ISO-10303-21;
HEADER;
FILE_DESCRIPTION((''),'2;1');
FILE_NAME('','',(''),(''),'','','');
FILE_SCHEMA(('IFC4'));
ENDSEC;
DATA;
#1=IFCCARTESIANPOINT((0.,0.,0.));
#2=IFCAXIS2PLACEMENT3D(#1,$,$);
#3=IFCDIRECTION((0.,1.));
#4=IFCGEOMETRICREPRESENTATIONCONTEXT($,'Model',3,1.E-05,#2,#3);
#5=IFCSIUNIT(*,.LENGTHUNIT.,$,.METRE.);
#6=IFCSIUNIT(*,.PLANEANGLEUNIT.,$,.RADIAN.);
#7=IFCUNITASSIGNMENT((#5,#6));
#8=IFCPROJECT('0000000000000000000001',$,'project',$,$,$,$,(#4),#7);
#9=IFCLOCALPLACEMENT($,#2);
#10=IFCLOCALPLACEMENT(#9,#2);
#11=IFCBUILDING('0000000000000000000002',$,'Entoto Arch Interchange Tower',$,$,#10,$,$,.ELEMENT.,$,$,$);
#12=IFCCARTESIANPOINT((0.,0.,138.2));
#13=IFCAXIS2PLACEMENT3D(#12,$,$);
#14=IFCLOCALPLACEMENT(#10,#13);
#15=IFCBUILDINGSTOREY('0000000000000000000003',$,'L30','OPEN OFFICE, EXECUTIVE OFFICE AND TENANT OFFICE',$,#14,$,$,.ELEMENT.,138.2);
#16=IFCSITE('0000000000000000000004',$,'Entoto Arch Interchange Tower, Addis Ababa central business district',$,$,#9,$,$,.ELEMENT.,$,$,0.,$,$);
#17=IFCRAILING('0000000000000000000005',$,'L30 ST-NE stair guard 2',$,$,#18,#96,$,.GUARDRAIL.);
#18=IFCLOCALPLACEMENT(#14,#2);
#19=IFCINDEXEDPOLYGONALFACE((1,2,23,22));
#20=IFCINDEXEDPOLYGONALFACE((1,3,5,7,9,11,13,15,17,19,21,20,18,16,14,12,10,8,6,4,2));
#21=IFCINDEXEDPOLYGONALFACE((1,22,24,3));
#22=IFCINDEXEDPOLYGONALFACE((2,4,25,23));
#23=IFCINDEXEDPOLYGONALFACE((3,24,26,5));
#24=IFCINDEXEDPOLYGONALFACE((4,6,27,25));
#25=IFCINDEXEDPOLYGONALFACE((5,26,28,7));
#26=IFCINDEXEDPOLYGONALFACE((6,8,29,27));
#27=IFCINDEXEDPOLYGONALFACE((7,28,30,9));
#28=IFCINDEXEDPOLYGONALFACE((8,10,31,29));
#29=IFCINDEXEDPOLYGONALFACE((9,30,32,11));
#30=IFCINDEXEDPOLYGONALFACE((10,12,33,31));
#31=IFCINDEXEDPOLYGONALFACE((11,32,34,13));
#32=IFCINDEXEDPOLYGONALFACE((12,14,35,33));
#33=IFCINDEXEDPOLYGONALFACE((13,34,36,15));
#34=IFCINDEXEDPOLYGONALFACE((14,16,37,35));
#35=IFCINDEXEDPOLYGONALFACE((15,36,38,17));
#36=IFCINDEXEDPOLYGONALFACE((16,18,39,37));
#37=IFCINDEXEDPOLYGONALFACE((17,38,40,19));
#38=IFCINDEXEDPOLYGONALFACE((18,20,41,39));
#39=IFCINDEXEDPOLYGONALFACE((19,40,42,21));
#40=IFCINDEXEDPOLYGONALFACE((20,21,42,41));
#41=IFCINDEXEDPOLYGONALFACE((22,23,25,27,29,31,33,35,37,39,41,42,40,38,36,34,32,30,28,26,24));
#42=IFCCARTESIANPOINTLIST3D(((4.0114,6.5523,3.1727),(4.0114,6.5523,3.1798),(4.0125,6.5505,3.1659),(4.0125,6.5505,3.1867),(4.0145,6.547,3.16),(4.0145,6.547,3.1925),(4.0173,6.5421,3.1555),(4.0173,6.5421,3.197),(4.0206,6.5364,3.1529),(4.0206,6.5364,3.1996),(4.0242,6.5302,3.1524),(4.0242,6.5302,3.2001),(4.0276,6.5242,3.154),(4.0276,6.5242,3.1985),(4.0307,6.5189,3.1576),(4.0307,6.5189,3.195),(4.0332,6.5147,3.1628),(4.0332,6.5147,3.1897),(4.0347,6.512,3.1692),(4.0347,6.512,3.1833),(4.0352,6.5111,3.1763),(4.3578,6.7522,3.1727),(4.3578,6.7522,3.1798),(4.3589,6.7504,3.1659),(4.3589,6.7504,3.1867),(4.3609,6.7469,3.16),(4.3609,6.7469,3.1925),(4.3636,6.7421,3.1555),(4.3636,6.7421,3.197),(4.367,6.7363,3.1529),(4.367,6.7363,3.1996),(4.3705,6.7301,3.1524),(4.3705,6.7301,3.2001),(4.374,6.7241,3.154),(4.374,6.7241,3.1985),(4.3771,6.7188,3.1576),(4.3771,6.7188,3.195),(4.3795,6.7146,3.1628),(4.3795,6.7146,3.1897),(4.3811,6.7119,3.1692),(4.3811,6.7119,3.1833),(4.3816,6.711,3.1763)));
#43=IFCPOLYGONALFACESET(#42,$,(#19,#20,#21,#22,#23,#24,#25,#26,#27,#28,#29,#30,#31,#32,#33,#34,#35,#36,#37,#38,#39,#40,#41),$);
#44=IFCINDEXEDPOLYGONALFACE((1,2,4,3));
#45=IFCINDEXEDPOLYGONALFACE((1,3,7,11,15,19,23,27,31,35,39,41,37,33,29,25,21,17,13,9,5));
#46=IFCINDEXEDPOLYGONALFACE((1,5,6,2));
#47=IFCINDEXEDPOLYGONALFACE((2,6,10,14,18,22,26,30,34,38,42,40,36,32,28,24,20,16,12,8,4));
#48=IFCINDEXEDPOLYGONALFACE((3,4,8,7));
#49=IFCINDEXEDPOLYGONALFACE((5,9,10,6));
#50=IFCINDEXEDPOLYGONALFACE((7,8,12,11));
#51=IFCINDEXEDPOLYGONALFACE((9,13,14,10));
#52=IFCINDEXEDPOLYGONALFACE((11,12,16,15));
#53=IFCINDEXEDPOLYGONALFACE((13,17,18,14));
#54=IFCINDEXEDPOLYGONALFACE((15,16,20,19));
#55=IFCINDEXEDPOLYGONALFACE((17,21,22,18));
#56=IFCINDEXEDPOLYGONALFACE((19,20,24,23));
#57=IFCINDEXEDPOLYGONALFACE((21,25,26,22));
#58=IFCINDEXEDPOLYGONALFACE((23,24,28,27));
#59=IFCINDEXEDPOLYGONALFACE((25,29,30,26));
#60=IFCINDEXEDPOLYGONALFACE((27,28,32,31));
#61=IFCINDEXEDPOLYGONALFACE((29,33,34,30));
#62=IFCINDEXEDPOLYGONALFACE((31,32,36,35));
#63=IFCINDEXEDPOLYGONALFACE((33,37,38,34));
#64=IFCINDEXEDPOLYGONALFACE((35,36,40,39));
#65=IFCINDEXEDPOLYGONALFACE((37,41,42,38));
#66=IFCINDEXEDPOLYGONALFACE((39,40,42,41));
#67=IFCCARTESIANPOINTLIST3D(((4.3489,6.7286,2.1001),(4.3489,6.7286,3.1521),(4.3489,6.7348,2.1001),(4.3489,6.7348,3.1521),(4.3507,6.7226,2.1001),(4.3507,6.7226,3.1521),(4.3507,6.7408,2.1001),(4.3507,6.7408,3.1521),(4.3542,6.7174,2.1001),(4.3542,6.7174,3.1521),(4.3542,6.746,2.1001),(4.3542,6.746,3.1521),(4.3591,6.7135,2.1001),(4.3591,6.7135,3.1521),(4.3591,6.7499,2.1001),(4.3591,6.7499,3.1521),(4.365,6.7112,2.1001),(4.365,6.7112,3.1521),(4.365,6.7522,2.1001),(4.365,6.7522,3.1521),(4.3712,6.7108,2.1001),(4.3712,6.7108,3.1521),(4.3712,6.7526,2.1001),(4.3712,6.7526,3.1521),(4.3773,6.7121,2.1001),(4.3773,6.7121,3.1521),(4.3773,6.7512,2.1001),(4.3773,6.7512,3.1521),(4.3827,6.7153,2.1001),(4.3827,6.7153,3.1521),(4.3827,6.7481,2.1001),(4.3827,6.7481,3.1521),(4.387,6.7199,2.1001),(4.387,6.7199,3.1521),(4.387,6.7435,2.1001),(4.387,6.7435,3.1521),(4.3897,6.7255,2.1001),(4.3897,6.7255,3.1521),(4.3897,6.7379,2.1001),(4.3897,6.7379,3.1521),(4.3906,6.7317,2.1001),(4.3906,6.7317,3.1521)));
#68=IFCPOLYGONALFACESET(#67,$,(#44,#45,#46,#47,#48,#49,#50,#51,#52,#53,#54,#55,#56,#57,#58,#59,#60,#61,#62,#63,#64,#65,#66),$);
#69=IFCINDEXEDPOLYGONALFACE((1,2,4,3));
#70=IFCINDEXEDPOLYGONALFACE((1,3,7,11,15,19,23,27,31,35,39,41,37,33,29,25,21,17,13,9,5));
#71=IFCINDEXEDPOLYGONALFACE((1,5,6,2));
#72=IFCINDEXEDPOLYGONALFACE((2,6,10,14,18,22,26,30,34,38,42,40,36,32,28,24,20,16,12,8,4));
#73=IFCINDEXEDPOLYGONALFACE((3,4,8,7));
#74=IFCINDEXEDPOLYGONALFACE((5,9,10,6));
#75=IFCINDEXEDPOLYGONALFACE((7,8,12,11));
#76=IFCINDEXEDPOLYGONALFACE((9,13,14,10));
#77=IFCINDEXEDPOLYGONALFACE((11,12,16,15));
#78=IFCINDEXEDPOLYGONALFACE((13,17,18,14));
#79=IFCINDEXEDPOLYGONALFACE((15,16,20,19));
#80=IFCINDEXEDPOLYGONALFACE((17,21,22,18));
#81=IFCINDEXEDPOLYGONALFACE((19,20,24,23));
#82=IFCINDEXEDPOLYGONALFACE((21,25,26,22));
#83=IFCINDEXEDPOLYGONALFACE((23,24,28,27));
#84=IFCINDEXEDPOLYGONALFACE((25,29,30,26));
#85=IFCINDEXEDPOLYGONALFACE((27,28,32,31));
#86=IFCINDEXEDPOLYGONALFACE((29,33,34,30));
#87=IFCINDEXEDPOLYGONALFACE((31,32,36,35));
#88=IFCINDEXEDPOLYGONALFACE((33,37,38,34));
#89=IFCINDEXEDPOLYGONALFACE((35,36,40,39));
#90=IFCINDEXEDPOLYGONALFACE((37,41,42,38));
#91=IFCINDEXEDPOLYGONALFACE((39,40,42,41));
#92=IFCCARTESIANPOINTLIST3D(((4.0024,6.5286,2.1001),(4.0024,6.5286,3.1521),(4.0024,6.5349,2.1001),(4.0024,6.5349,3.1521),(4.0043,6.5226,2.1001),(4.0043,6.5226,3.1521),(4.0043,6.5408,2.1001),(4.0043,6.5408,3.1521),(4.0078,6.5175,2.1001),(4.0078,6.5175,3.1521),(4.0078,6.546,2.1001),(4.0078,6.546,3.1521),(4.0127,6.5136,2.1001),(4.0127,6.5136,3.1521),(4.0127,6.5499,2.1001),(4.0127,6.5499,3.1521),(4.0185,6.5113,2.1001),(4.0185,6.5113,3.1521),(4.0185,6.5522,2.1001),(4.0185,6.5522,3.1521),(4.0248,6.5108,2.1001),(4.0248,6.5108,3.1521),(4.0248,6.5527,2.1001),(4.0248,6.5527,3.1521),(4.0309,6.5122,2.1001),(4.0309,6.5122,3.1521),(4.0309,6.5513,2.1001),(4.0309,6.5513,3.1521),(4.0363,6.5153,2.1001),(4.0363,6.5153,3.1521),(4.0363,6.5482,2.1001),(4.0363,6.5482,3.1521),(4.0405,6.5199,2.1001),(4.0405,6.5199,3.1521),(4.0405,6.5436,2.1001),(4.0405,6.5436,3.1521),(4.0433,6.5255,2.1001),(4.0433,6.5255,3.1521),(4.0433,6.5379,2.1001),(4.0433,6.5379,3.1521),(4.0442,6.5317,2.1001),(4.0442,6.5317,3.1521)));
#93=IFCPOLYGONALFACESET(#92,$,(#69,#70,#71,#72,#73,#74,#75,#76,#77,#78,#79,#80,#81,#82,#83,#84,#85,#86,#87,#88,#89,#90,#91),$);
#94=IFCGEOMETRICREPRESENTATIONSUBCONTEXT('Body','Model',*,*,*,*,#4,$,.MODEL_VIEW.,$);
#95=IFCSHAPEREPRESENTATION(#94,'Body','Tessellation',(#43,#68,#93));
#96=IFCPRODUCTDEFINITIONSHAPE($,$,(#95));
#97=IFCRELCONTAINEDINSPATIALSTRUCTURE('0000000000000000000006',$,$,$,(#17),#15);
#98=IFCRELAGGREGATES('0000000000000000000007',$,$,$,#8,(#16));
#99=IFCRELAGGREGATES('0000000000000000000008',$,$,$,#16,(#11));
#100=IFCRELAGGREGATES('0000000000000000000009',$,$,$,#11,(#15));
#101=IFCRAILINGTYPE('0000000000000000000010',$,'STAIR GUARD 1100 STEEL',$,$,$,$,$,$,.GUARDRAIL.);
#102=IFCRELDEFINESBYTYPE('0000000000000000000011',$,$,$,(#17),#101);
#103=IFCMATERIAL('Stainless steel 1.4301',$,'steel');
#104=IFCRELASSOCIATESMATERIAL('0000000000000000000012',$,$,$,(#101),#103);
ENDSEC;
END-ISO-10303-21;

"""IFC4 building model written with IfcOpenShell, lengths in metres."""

from ifc_helpers import new_model, si_unit, direction, frame, origin, origin_2d, place, context, subcontext, project, spatial, circle, extrude, material, type_object, element, save


model = new_model("IFC4")

# Units and contexts
model_context = context("Model", 3, precision=1e-05, world=origin(), true_north=direction((0.0, 1.0)))
body_context = subcontext(model_context, "Body", "Model", "MODEL_VIEW")
ifc_project = project(units=[si_unit("LENGTHUNIT", "METRE"), si_unit("PLANEANGLEUNIT", "RADIAN")], contexts=[model_context])

# Site, building, storey
site_placement = place(None, origin())
site = spatial("IfcSite", under=ifc_project, at=site_placement, Name="Entoto Arch Interchange Tower, Addis Ababa central business district", CompositionType="ELEMENT", RefElevation=0.0)
building_placement = place(site_placement, origin())
building = spatial("IfcBuilding", under=site, at=building_placement, Name="Entoto Arch Interchange Tower", CompositionType="ELEMENT")
storey_placement = place(building_placement, frame((0.0, 0.0, 138.2)))
storey = spatial("IfcBuildingStorey", under=building, at=storey_placement, Name="L30", Description="OPEN OFFICE, EXECUTIVE OFFICE AND TENANT OFFICE", CompositionType="ELEMENT", Elevation=138.2)

# Railing
ifc_material_1 = material(Name="Stainless steel 1.4301", Category="steel")
railing_type_1 = type_object("IfcRailingType", Name="STAIR GUARD 1100 STEEL", PredefinedType="GUARDRAIL", material=ifc_material_1)
railing_1_placement = place(storey_placement, frame((4.3696, 6.7317, 2.1001)))
element("IfcRailing", 1, at=railing_1_placement, inside=storey, type_object=railing_type_1, Name="L30 ST-NE stair guard 2", PredefinedType="GUARDRAIL", context=body_context, shape_type="SweptSolid", body=[
    extrude(circle(Radius=0.0239, at=origin_2d()), frame((0.0, 0.0, 1.0762), z_axis=(-0.866094, -0.499881, 0.0), x_axis=(0.499881, -0.866094, 0.0)), (0.0, 0.0, 1.0), 0.3999),
    extrude(circle(Radius=0.021, at=origin_2d()), origin(), (0.0, 0.0, 1.0), 1.052),
    extrude(circle(Radius=0.021, at=origin_2d()), frame((-0.3464, -0.2, 0.0)), (0.0, 0.0, 1.0), 1.052),
])

save(model, "model.ifc")
